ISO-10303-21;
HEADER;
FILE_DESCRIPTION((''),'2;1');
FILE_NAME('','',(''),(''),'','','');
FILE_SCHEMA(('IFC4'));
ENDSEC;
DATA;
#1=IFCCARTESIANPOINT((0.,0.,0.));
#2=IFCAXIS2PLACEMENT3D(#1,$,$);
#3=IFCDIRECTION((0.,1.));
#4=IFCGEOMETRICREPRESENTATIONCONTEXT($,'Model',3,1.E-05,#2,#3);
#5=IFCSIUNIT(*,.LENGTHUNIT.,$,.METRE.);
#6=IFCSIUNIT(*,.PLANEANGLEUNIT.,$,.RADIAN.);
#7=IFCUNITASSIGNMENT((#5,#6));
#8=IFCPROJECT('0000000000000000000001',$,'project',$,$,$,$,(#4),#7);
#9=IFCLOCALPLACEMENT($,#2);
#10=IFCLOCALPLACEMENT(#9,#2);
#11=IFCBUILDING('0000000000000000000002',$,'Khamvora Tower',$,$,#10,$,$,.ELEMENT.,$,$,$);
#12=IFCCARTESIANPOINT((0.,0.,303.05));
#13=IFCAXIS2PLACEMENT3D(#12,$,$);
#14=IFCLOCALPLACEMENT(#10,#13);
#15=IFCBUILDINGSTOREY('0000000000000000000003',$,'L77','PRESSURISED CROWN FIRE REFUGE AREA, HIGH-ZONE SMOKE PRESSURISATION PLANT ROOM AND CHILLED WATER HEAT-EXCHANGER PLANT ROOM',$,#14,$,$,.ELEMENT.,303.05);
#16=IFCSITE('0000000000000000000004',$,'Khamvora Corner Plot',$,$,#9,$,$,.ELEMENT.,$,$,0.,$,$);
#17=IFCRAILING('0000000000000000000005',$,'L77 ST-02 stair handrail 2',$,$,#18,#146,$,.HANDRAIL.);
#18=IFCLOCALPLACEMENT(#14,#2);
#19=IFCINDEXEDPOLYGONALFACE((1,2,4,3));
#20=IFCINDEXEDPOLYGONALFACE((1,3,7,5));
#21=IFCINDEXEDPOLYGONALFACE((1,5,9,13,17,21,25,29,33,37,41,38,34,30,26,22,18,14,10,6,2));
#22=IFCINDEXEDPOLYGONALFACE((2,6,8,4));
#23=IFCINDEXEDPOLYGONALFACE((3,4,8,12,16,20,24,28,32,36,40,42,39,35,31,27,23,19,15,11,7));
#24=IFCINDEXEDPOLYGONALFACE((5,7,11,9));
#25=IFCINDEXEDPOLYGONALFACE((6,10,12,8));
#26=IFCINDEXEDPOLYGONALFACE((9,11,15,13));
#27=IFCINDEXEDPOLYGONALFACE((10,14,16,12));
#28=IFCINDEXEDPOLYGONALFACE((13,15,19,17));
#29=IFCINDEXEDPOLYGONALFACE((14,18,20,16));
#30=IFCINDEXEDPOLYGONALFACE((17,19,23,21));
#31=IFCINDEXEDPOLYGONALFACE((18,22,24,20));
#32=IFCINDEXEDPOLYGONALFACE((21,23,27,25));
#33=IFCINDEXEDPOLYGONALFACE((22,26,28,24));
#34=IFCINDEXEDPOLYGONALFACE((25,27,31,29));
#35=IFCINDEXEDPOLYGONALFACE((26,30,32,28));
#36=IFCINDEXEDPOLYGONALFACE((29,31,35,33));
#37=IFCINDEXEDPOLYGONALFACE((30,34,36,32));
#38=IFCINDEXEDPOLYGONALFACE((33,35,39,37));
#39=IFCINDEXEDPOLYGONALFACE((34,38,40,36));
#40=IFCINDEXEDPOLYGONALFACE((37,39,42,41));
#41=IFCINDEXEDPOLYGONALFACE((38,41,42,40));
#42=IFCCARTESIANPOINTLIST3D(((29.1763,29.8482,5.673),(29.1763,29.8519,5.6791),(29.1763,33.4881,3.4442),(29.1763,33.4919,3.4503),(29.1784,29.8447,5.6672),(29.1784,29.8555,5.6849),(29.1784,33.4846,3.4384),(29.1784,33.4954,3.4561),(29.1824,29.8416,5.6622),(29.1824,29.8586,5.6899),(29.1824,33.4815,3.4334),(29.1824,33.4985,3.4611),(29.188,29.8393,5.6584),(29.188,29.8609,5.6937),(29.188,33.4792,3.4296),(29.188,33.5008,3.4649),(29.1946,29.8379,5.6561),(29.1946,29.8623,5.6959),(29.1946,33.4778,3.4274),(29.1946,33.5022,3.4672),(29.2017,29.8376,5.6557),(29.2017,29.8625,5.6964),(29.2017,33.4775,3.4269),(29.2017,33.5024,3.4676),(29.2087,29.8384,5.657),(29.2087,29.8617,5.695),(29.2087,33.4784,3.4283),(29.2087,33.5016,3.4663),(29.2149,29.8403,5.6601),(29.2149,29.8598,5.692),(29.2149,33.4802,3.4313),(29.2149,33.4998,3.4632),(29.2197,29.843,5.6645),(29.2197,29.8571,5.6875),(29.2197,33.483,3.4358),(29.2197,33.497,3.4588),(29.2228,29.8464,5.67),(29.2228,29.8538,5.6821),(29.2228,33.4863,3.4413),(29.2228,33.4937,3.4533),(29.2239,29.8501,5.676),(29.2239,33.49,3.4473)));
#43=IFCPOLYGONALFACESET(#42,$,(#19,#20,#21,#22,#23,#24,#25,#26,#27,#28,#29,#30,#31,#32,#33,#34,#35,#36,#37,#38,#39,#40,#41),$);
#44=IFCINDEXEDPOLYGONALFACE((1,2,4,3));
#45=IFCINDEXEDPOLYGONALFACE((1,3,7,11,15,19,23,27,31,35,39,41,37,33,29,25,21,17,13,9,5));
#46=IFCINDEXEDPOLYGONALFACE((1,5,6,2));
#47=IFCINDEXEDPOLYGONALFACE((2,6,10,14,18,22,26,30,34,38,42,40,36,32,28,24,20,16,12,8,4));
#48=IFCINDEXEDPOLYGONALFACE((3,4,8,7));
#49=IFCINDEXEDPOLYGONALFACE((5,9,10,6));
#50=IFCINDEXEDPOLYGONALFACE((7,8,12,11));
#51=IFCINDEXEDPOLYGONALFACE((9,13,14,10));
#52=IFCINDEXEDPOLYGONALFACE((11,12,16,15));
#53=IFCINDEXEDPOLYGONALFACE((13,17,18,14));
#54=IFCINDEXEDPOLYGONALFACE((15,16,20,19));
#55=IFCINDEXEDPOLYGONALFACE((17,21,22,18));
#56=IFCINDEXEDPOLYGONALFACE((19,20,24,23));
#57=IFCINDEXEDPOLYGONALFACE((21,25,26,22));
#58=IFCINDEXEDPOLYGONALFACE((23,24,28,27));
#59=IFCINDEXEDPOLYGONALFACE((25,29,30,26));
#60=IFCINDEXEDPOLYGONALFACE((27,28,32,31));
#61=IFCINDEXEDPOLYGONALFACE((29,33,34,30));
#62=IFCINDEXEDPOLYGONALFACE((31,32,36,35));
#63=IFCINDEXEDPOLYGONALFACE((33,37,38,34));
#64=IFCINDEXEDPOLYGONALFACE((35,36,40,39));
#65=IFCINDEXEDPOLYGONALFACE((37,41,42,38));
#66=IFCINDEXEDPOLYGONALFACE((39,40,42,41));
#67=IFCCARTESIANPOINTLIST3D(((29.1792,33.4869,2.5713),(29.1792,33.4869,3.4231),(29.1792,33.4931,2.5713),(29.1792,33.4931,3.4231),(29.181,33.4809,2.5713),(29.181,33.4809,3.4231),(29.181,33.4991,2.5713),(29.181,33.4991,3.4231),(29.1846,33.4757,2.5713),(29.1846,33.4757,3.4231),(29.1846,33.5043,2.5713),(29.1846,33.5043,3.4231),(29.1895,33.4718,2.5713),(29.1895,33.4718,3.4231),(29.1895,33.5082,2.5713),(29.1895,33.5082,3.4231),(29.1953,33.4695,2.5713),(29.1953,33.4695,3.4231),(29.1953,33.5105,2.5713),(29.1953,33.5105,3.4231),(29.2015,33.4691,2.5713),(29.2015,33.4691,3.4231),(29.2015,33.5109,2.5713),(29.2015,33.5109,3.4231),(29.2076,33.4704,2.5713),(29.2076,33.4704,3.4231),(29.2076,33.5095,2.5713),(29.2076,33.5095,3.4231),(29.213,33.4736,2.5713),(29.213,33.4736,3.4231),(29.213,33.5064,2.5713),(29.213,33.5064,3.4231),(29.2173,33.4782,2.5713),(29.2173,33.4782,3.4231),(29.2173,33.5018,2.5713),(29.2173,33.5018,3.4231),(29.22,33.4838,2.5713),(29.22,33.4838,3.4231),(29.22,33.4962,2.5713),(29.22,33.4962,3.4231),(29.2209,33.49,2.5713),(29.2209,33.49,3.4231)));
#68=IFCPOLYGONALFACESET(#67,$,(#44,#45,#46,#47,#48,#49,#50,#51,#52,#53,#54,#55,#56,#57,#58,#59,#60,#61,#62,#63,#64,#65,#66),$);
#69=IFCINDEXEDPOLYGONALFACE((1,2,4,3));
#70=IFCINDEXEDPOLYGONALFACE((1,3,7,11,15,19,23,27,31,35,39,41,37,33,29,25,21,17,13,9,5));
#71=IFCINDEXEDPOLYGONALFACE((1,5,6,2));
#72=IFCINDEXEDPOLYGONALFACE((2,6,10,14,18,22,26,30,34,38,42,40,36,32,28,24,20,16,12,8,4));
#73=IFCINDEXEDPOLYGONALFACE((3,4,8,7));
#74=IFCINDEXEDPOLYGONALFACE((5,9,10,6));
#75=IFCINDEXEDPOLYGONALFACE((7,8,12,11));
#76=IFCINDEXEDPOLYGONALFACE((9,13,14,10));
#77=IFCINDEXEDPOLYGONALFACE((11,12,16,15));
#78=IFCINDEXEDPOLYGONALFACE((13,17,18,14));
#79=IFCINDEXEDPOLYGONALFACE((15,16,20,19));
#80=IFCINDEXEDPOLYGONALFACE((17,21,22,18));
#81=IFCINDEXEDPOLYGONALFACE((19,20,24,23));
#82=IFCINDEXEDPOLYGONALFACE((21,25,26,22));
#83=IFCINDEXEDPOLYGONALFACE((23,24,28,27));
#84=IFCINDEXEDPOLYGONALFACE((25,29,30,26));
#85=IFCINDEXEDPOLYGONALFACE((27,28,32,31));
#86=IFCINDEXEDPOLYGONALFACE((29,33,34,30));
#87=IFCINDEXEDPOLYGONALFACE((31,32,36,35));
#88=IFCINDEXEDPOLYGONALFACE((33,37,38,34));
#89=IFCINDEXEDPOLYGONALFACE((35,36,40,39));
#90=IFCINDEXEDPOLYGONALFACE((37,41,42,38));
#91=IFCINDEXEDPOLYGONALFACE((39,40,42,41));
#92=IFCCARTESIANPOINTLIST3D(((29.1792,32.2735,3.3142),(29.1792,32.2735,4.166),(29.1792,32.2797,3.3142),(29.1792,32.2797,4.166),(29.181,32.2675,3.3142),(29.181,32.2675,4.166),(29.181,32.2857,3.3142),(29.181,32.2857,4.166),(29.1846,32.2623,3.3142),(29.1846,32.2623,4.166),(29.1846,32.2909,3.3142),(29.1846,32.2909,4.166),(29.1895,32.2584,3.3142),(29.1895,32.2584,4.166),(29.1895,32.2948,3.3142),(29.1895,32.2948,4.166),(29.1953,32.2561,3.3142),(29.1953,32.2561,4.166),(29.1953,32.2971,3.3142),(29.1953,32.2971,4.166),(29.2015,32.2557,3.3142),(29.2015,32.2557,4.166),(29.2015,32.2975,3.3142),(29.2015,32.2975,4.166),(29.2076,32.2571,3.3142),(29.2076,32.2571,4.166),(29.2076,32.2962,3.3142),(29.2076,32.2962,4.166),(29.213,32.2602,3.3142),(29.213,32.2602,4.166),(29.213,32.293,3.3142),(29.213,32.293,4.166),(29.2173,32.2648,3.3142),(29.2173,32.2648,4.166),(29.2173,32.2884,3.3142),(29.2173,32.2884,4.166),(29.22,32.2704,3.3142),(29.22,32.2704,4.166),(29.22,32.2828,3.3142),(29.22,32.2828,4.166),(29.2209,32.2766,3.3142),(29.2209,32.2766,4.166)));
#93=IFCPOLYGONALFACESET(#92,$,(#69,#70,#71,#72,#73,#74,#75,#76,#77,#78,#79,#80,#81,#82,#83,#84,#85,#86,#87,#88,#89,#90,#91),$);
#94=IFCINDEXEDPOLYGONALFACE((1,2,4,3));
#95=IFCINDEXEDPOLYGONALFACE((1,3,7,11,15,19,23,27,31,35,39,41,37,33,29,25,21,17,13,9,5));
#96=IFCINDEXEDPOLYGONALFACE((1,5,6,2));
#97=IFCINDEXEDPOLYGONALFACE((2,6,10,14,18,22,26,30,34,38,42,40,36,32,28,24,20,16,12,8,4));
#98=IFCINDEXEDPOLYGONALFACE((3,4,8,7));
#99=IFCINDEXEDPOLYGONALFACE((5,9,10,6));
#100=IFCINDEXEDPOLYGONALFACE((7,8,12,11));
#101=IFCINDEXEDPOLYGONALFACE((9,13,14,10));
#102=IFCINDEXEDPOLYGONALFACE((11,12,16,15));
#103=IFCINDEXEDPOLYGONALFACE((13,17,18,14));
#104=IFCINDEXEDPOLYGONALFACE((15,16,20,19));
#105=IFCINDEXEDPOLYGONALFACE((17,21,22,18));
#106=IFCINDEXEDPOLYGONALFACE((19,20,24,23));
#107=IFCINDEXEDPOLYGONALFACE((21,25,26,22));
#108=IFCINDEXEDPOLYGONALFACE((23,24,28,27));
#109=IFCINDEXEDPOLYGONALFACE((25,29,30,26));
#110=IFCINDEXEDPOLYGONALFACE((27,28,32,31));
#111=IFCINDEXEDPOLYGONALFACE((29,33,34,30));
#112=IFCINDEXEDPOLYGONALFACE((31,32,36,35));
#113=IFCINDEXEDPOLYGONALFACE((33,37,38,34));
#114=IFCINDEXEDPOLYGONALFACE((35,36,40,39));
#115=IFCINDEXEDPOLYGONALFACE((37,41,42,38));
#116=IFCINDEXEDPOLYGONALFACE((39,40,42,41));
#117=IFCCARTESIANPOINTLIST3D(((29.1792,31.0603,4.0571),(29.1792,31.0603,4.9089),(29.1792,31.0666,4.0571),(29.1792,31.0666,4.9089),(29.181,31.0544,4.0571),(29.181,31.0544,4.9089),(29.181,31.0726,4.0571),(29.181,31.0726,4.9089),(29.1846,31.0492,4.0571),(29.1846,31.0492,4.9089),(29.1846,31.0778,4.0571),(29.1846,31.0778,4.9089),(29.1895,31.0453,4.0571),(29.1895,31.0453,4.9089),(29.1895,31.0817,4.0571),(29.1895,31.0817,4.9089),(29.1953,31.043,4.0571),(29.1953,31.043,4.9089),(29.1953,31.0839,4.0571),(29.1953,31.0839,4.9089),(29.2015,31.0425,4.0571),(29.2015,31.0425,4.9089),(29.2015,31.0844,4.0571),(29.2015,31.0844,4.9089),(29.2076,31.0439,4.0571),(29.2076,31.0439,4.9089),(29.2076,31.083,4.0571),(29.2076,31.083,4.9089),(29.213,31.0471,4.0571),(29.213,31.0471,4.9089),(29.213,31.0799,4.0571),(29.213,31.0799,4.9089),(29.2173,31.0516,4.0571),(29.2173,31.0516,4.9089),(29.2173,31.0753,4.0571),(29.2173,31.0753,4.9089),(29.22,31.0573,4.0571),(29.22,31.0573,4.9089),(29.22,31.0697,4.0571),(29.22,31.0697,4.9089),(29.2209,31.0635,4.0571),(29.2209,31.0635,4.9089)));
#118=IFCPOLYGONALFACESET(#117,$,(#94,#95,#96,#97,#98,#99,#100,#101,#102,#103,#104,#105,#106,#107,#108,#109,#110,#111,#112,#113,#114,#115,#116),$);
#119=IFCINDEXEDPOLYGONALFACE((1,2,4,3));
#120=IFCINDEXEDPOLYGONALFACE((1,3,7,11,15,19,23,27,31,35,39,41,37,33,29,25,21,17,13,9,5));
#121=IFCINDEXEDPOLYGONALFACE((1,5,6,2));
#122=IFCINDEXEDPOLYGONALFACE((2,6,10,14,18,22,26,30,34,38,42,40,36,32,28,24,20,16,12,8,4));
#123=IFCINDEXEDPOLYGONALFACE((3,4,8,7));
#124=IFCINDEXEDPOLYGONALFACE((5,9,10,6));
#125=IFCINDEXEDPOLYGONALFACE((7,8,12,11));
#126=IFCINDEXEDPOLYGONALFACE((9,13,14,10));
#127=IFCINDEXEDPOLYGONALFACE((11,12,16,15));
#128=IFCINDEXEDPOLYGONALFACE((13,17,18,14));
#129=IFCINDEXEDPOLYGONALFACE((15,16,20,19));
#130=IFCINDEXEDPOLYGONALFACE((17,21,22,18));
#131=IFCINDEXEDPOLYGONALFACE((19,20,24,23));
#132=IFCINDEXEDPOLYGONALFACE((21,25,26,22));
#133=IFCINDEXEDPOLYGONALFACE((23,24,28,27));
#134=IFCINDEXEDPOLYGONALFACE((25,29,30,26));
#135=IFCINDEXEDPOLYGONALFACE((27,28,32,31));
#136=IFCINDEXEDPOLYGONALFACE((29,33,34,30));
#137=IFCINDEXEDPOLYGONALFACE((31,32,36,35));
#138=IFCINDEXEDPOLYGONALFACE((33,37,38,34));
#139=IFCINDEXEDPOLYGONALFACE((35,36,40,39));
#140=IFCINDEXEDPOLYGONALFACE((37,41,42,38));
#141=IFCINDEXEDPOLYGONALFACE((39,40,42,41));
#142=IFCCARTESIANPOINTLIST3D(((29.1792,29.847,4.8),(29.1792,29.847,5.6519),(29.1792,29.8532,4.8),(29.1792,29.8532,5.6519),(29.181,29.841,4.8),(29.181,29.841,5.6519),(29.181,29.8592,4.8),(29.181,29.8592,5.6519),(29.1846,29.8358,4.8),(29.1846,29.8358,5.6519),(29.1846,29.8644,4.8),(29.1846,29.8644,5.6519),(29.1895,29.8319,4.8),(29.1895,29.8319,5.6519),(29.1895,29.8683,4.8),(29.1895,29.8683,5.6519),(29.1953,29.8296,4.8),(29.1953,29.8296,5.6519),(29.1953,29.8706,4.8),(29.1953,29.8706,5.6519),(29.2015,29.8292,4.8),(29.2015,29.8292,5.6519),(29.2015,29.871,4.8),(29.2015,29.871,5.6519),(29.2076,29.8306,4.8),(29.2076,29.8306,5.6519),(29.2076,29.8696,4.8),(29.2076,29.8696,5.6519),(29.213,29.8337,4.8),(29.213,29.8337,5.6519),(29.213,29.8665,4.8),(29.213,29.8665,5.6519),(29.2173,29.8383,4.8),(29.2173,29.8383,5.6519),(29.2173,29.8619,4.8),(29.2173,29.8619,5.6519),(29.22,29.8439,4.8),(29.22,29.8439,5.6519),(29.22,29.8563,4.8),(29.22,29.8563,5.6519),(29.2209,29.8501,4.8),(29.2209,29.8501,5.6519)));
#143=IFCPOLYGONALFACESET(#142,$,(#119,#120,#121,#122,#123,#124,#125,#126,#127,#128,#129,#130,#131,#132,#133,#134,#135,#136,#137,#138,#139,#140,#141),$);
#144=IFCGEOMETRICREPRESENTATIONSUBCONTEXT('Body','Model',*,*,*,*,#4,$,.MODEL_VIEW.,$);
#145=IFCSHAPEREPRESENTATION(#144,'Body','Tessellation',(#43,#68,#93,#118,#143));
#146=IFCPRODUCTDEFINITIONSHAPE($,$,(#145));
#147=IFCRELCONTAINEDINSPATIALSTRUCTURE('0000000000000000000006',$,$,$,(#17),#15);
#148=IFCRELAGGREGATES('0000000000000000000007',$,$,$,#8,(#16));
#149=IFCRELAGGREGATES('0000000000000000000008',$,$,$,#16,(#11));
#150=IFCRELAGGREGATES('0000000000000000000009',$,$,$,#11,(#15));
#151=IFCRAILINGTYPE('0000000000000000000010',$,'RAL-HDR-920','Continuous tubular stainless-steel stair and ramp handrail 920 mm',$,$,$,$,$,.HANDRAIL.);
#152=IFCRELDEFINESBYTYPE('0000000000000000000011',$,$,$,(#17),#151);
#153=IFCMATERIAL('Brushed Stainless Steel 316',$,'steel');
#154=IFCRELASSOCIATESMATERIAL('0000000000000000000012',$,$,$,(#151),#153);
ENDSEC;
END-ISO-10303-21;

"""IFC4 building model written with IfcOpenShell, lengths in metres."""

from ifc_helpers import new_model, si_unit, direction, frame, origin, origin_2d, place, context, subcontext, project, spatial, circle, extrude, material, type_object, element, save


model = new_model("IFC4")

# Units and contexts
model_context = context("Model", 3, precision=1e-05, world=origin(), true_north=direction((0.0, 1.0)))
body_context = subcontext(model_context, "Body", "Model", "MODEL_VIEW")
ifc_project = project(units=[si_unit("LENGTHUNIT", "METRE"), si_unit("PLANEANGLEUNIT", "RADIAN")], contexts=[model_context])

# Site, building, storey
site_placement = place(None, origin())
site = spatial("IfcSite", under=ifc_project, at=site_placement, Name="Khamvora Corner Plot", CompositionType="ELEMENT", RefElevation=0.0)
building_placement = place(site_placement, origin())
building = spatial("IfcBuilding", under=site, at=building_placement, Name="Khamvora Tower", CompositionType="ELEMENT")
storey_placement = place(building_placement, frame((0.0, 0.0, 303.05)))
storey = spatial("IfcBuildingStorey", under=building, at=storey_placement, Name="L77", Description="PRESSURISED CROWN FIRE REFUGE AREA, HIGH-ZONE SMOKE PRESSURISATION PLANT ROOM AND CHILLED WATER HEAT-EXCHANGER PLANT ROOM", CompositionType="ELEMENT", Elevation=303.05)

# Railing
ifc_material_1 = material(Name="Brushed Stainless Steel 316", Category="steel")
railing_type_1 = type_object("IfcRailingType", Name="RAL-HDR-920", Description="Continuous tubular stainless-steel stair and ramp handrail 920 mm", PredefinedType="HANDRAIL", material=ifc_material_1)
railing_1_placement = place(storey_placement, frame((29.2, 33.49, 2.5713)))
element("IfcRailing", 1, at=railing_1_placement, inside=storey, type_object=railing_type_1, Name="L77 ST-02 stair handrail 2", PredefinedType="HANDRAIL", context=body_context, shape_type="SweptSolid", body=[
    extrude(circle(Radius=0.0239, at=origin_2d()), frame((0.0, 0.0, 0.876), z_axis=(0.0, -0.852825, 0.522197), x_axis=(1.0, 0.0, 0.0)), (0.0, 0.0, 1.0), 4.2681),
    extrude(circle(Radius=0.021, at=origin_2d()), origin(), (0.0, 0.0, 1.0), 0.8518),
    extrude(circle(Radius=0.021, at=origin_2d()), frame((0.0, -1.2134, 0.7429)), (0.0, 0.0, 1.0), 0.8518),
    extrude(circle(Radius=0.021, at=origin_2d()), frame((0.0, -2.4265, 1.4858)), (0.0, 0.0, 1.0), 0.8518),
    extrude(circle(Radius=0.021, at=origin_2d()), frame((0.0, -3.6399, 2.2288)), (0.0, 0.0, 1.0), 0.8518),
])

save(model, "model.ifc")
